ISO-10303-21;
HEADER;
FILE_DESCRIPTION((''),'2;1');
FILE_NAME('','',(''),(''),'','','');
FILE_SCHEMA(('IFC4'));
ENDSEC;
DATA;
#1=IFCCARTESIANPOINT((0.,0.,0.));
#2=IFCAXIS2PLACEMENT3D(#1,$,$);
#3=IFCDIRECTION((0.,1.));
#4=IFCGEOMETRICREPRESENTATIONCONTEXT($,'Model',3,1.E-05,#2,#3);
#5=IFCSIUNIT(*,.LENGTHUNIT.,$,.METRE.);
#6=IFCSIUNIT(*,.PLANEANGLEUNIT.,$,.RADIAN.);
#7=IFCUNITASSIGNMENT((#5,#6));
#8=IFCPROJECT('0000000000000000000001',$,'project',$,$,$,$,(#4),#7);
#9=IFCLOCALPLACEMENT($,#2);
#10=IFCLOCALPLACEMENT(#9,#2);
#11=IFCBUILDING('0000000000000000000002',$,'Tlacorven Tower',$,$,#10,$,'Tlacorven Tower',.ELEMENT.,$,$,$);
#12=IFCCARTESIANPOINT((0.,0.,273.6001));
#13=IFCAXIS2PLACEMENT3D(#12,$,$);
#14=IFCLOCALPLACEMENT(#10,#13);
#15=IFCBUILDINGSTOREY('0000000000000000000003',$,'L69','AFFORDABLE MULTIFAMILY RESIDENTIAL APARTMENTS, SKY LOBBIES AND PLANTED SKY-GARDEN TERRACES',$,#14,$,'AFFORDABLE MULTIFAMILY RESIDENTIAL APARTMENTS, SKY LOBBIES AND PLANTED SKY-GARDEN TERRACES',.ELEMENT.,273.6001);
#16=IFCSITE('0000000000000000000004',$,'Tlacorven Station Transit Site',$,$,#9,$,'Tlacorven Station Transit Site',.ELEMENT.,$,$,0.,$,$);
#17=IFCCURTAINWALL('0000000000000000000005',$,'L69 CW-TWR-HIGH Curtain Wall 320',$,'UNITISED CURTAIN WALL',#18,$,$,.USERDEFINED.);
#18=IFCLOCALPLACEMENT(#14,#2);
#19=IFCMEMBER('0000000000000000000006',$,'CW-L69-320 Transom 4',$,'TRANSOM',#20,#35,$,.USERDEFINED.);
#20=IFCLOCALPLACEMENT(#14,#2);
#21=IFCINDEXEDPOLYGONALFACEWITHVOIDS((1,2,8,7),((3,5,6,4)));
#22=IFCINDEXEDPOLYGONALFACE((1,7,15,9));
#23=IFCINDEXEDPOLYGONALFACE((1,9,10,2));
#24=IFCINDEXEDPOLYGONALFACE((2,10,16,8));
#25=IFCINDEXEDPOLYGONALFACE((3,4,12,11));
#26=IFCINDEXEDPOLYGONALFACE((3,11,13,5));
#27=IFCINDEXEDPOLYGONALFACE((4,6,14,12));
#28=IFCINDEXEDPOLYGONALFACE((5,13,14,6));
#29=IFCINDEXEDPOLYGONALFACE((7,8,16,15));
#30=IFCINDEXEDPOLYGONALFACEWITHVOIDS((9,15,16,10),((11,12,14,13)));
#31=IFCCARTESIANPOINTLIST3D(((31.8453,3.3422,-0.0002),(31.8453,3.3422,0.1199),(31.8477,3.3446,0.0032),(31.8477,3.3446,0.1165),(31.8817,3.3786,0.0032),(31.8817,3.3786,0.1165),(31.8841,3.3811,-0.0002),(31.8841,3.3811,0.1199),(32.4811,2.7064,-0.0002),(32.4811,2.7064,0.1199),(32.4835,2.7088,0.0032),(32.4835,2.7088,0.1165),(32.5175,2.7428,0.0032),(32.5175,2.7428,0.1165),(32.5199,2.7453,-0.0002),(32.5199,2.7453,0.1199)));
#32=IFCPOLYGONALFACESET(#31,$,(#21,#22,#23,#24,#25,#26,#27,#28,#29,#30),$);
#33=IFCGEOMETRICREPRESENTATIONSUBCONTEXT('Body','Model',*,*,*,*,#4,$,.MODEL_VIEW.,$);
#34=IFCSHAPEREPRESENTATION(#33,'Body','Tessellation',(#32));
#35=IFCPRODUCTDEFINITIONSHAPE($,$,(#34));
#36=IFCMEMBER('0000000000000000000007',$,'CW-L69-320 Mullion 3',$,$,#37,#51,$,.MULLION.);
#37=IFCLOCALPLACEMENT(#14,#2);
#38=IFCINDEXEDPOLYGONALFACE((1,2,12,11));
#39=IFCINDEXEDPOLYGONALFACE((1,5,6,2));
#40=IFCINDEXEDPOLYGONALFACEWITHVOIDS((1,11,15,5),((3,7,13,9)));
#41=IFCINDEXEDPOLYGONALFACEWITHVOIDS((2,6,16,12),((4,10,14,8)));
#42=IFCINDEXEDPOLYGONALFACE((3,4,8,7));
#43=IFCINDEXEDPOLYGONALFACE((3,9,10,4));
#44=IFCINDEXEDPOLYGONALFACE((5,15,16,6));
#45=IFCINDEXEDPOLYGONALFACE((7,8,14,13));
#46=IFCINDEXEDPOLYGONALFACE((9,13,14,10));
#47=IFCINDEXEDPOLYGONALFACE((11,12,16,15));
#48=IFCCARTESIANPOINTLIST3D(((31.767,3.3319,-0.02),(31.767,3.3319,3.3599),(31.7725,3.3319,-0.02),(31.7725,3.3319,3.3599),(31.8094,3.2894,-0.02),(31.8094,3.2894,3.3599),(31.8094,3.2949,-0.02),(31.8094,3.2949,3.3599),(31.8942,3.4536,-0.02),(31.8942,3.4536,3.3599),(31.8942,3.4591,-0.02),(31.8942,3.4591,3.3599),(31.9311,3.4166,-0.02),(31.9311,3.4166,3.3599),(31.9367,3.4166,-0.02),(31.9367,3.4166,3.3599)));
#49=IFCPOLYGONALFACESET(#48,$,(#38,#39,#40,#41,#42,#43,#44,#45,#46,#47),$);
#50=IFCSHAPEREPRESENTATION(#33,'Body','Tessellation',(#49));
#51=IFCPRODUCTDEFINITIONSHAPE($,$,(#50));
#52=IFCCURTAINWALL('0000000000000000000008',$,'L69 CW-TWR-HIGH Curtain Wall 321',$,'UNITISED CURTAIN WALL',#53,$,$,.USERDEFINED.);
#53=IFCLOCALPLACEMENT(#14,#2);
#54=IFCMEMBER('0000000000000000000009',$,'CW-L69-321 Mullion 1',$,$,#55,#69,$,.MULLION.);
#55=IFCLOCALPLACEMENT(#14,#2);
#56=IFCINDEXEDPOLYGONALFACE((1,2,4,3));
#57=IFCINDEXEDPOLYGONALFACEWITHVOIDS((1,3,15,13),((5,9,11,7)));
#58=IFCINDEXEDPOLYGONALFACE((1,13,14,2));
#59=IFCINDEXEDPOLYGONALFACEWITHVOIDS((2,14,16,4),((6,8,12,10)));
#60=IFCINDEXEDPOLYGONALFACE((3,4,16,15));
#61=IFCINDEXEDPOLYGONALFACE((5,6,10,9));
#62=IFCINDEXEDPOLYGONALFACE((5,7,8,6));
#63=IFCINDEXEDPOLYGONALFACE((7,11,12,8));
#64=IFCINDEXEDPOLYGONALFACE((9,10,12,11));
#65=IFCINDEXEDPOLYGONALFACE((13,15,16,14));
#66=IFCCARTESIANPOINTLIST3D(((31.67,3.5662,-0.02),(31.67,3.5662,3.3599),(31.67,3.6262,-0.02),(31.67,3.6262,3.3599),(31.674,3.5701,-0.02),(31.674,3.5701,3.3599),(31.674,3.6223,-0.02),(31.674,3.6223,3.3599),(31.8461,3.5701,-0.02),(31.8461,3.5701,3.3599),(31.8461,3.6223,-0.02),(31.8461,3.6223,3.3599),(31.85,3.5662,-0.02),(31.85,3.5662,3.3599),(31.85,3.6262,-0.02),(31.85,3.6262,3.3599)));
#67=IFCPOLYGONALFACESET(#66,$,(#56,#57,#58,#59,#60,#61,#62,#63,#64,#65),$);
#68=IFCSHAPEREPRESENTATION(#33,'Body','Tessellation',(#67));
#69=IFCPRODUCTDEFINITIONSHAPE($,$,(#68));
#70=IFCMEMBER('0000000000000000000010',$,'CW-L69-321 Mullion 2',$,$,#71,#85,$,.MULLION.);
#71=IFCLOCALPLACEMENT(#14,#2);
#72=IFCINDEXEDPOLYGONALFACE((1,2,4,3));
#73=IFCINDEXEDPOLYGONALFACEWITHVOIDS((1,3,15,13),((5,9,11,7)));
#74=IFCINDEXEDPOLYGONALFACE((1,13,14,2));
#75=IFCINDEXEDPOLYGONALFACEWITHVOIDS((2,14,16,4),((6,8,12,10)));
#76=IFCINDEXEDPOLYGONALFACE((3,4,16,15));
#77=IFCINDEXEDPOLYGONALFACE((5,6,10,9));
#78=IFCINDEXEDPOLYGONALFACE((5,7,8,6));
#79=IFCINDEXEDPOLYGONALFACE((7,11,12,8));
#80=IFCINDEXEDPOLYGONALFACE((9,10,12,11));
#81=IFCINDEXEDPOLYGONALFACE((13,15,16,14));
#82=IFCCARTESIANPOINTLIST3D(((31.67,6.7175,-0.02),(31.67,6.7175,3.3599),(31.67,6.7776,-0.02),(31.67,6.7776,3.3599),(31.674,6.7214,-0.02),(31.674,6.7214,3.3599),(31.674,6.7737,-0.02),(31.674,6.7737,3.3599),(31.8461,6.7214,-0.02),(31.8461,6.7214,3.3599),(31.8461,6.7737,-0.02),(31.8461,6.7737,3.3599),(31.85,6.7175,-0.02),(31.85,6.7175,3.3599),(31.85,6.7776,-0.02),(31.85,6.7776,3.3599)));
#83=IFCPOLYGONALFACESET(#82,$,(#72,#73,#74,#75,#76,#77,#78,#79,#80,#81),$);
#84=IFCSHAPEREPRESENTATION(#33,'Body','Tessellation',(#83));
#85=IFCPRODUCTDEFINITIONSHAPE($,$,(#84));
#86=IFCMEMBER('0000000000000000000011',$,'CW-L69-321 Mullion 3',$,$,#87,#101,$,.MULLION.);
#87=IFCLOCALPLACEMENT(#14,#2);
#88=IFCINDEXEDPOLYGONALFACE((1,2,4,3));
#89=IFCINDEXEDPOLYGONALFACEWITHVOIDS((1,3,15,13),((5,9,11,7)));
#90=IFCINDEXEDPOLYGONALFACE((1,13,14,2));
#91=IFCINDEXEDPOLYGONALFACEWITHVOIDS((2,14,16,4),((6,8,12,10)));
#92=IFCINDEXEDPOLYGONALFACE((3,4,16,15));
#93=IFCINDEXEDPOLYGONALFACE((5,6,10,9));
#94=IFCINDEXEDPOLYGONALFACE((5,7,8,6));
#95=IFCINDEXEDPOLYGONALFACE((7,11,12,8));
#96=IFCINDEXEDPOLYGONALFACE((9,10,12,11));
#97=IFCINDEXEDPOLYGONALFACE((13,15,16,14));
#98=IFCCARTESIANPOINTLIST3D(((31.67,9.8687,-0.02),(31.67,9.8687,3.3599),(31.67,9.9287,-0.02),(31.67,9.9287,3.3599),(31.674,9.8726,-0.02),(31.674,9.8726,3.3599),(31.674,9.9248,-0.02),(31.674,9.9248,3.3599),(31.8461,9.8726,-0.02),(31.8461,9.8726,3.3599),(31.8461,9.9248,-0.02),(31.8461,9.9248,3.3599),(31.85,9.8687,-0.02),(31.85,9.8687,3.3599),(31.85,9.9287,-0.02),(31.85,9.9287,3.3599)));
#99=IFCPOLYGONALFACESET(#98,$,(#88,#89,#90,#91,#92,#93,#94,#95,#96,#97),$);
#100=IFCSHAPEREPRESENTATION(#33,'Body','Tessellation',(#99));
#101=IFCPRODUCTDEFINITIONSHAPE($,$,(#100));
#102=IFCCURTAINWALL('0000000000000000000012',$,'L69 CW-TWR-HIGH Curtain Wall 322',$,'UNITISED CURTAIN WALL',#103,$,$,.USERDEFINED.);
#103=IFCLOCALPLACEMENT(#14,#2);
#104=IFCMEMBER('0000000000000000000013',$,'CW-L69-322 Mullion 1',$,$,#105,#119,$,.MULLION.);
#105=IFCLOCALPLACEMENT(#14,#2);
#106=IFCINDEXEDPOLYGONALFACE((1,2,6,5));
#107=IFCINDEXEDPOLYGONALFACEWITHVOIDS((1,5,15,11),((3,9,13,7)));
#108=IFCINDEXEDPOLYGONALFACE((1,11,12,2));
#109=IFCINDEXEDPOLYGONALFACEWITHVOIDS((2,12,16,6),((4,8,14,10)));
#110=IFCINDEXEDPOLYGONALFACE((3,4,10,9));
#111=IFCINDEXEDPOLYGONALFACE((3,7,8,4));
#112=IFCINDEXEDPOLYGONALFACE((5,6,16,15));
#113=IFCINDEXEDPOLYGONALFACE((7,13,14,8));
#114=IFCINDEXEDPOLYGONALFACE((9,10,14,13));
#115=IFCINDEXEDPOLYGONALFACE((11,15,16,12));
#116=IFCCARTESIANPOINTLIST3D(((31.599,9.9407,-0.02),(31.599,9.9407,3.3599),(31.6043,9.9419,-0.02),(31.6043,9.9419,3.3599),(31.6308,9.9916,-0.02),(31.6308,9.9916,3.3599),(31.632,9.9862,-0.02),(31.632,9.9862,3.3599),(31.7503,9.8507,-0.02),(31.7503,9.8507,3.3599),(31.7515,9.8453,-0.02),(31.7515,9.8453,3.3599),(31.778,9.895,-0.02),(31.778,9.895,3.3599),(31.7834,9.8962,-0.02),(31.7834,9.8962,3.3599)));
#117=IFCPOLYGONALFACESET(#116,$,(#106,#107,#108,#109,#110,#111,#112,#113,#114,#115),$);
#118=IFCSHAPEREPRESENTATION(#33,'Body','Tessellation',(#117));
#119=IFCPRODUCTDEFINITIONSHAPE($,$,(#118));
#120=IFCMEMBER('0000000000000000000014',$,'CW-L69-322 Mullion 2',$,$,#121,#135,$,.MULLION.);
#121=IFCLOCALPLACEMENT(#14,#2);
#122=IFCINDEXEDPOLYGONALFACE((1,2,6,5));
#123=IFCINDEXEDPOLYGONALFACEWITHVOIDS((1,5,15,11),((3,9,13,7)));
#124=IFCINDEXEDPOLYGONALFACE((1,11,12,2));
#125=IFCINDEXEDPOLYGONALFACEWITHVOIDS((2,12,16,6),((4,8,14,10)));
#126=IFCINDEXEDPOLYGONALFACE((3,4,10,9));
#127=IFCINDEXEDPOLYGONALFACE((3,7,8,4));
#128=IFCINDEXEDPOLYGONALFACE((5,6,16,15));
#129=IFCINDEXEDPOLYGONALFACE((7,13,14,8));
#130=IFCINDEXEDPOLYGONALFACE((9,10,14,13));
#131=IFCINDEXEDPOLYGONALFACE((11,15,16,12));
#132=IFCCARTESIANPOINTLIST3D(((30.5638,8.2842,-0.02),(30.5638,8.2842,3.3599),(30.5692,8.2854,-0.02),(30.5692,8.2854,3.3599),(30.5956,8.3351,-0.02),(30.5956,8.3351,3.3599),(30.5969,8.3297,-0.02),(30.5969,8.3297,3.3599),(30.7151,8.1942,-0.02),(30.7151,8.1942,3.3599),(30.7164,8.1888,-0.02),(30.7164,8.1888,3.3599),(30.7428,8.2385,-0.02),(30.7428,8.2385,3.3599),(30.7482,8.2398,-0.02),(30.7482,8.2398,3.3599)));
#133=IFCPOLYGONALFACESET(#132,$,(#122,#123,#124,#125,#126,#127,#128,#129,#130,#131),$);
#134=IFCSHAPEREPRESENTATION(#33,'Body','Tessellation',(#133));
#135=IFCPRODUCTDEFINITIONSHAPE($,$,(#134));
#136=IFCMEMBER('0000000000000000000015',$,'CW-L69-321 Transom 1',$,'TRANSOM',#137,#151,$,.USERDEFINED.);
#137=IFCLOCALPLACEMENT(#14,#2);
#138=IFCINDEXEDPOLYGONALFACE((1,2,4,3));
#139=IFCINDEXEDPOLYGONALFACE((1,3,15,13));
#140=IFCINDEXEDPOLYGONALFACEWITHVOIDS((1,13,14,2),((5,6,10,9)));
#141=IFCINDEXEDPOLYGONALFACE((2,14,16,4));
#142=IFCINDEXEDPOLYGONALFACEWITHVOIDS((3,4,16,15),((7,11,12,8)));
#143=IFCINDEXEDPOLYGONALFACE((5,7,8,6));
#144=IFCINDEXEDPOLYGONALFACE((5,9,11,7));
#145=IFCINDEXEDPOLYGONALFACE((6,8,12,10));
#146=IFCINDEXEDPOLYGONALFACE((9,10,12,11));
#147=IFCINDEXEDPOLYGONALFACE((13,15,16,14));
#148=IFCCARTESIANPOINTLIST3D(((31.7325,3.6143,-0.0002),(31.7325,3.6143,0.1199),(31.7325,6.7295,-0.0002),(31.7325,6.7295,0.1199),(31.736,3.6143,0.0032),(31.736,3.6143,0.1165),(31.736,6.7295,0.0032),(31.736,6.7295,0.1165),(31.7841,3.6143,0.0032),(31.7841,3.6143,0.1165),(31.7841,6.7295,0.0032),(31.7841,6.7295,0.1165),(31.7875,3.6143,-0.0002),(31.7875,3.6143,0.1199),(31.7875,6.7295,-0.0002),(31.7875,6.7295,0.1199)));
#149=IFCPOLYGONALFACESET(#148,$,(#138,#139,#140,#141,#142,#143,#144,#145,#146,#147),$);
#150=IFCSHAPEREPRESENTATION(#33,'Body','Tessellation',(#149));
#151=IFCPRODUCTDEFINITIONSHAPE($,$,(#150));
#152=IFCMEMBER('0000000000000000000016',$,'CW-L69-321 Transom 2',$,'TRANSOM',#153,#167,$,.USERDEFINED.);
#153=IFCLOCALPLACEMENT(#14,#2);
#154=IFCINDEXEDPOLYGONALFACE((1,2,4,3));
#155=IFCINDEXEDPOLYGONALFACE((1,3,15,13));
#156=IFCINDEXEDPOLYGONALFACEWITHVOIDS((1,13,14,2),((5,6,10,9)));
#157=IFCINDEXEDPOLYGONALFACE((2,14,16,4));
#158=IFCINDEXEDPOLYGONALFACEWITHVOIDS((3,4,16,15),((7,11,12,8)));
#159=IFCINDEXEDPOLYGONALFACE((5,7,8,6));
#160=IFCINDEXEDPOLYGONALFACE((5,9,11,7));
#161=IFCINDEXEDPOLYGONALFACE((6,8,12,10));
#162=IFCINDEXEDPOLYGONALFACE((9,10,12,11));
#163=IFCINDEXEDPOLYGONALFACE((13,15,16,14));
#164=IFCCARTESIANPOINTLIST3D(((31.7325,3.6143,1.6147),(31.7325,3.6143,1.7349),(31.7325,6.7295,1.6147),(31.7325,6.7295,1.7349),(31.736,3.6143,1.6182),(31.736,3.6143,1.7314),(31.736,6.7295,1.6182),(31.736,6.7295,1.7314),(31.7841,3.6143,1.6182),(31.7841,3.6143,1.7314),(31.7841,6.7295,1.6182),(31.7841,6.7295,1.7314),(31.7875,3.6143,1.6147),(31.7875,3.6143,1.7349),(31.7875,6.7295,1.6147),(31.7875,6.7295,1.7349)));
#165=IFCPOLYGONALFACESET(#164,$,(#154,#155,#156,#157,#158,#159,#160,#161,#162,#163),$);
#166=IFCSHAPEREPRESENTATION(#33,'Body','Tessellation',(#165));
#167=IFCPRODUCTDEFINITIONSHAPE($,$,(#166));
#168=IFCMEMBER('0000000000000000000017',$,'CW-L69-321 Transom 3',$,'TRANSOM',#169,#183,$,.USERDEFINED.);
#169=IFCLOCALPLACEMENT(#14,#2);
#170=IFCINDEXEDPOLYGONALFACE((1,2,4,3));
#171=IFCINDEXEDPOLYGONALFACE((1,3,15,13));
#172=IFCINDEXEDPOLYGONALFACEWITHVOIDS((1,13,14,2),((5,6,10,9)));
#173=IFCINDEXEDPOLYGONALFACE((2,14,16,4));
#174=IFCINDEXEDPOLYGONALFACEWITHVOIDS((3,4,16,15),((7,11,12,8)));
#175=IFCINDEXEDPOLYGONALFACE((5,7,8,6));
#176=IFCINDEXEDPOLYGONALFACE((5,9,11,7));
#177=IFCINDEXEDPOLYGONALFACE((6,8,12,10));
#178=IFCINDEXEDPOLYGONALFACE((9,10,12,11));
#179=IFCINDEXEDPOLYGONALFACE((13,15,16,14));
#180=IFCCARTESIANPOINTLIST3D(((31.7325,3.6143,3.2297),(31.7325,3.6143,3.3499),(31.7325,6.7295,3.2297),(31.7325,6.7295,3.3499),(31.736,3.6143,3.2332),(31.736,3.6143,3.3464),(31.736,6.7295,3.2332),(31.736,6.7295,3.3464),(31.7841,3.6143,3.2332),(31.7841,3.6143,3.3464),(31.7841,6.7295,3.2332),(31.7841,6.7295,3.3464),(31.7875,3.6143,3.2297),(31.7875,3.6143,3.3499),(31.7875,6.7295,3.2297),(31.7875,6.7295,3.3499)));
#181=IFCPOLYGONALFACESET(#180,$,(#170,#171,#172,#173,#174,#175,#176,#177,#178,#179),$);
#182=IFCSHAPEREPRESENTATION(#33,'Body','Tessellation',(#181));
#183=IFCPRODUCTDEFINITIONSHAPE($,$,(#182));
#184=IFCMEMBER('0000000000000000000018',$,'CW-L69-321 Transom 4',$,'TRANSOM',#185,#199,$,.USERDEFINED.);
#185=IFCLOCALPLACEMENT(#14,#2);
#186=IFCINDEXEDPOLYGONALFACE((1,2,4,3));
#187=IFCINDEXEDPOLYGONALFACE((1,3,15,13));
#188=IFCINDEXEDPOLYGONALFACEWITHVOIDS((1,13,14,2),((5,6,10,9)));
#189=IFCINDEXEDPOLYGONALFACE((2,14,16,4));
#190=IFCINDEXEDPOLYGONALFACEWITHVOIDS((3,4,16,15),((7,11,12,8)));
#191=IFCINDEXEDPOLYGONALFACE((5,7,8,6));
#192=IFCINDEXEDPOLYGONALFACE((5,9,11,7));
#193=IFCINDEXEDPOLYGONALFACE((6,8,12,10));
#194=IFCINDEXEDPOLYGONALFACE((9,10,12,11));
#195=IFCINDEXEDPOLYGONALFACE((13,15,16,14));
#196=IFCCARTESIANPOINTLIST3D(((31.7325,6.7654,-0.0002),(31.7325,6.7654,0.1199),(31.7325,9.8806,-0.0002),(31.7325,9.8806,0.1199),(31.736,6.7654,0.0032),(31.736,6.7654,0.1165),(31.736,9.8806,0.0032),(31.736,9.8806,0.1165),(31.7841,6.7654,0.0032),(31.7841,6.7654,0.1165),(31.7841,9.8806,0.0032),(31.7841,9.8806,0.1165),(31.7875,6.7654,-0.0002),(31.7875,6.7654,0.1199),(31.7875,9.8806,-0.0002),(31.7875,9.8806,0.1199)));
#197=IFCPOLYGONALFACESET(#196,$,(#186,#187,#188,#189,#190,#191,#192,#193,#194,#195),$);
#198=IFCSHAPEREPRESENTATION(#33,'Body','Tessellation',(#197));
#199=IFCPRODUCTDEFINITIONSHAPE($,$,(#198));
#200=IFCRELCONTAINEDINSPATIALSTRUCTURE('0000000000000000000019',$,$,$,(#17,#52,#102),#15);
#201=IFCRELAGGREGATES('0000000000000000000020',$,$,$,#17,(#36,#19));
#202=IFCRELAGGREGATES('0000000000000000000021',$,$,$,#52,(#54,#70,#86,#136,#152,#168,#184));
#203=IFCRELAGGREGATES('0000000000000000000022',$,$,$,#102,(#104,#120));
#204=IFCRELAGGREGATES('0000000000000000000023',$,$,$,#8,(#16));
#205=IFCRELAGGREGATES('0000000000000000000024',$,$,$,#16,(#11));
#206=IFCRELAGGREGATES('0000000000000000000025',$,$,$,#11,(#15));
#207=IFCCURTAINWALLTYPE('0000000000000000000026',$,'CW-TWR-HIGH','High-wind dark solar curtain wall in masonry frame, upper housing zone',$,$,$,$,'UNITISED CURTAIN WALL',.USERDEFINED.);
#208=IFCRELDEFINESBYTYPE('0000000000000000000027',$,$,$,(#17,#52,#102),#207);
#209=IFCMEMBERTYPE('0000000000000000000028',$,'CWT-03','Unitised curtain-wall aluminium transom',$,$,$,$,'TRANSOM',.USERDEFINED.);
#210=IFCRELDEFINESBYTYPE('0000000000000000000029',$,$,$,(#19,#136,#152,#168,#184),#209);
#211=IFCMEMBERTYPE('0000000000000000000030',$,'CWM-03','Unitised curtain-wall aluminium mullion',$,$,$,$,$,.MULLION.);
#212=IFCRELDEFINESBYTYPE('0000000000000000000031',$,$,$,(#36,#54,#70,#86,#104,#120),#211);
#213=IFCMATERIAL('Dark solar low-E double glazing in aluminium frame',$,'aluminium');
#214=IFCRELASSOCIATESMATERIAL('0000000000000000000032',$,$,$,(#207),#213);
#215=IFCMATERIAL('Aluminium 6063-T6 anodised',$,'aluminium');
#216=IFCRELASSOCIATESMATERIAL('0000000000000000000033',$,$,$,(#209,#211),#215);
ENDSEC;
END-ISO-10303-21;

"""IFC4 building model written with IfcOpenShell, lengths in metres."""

from ifc_helpers import new_model, si_unit, direction, frame, origin, origin_2d, place, context, subcontext, project, spatial, hollow_rectangle, extrude, source, transform, mapped, material, material_profile, profile_set, type_object, element, aggregate, save


model = new_model("IFC4")

# Units and contexts
model_context = context("Model", 3, precision=1e-05, world=origin(), true_north=direction((0.0, 1.0)))
body_context = subcontext(model_context, "Body", "Model", "MODEL_VIEW")
ifc_project = project(units=[si_unit("LENGTHUNIT", "METRE"), si_unit("PLANEANGLEUNIT", "RADIAN")], contexts=[model_context])

# Site, building, storey
site_placement = place(None, origin())
site = spatial("IfcSite", under=ifc_project, at=site_placement, Name="Tlacorven Station Transit Site", LongName="Tlacorven Station Transit Site", CompositionType="ELEMENT", RefElevation=0.0)
building_placement = place(site_placement, origin())
building = spatial("IfcBuilding", under=site, at=building_placement, Name="Tlacorven Tower", LongName="Tlacorven Tower", CompositionType="ELEMENT")
storey_placement = place(building_placement, frame((0.0, 0.0, 273.6001)))
storey = spatial("IfcBuildingStorey", under=building, at=storey_placement, Name="L69", Description="AFFORDABLE MULTIFAMILY RESIDENTIAL APARTMENTS, SKY LOBBIES AND PLANTED SKY-GARDEN TERRACES", LongName="AFFORDABLE MULTIFAMILY RESIDENTIAL APARTMENTS, SKY LOBBIES AND PLANTED SKY-GARDEN TERRACES", CompositionType="ELEMENT", Elevation=273.6001)

# Curtain walls, members
ifc_material_1 = material(Name="Dark solar low-E double glazing in aluminium frame", Category="aluminium")
curtain_wall_type = type_object("IfcCurtainWallType", Name="CW-TWR-HIGH", Description="High-wind dark solar curtain wall in masonry frame, upper housing zone", ElementType="UNITISED CURTAIN WALL", PredefinedType="USERDEFINED", material=ifc_material_1)
curtain_wall_1_placement = place(storey_placement, origin())
curtain_wall_1 = element("IfcCurtainWall", 1, at=curtain_wall_1_placement, inside=storey, type_object=curtain_wall_type, Name="L69 CW-TWR-HIGH Curtain Wall 320", ObjectType="UNITISED CURTAIN WALL", PredefinedType="USERDEFINED")
ifc_material_2 = material(Name="Aluminium 6063-T6 anodised", Category="aluminium")
ifc_material_profile_1 = material_profile(ifc_material_2, hollow_rectangle(XDim=0.0549, YDim=0.1201, WallThickness=0.0034, at=origin_2d()), Name="ALU TRANSOM 55X120")
ifc_profile_set_1 = profile_set([ifc_material_profile_1], Name="Aluminium 6063-T6 anodised")
member_type_1 = type_object("IfcMemberType", Name="CWT-03", Description="Unitised curtain-wall aluminium transom", ElementType="TRANSOM", PredefinedType="USERDEFINED", material=ifc_profile_set_1)
shared_shape_1 = source(origin(), body_context, "Body", "SweptSolid", [
    extrude(hollow_rectangle(XDim=0.0549, YDim=0.1201, WallThickness=0.0034, at=origin_2d()), origin(), (0.0, 0.0, 1.0), 0.8992),
])
member_1_placement = place(storey_placement, frame((32.5005, 2.7258, 0.0598), z_axis=(-0.707107, 0.707107, 0.0), x_axis=(-0.707107, -0.707107, 0.0)))
member_1 = element("IfcMember", 2, at=member_1_placement, type_object=member_type_1, Name="CW-L69-320 Transom 4", ObjectType="TRANSOM", PredefinedType="USERDEFINED", context=body_context, shape_type="MappedRepresentation", body=[
    mapped(shared_shape_1, transform((0.0, 0.0, 0.0), scale=1.0)),
])
ifc_material_profile_2 = material_profile(ifc_material_2, hollow_rectangle(XDim=0.0601, YDim=0.1799, WallThickness=0.0039, at=origin_2d()), Name="ALU MULLION 60X180")
ifc_profile_set_2 = profile_set([ifc_material_profile_2], Name="Aluminium 6063-T6 anodised")
member_type_2 = type_object("IfcMemberType", Name="CWM-03", Description="Unitised curtain-wall aluminium mullion", PredefinedType="MULLION", material=ifc_profile_set_2)
shared_shape_2 = source(origin(), body_context, "Body", "SweptSolid", [
    extrude(hollow_rectangle(XDim=0.0601, YDim=0.1799, WallThickness=0.0039, at=origin_2d()), origin(), (0.0, 0.0, 1.0), 3.3799),
])
member_2_placement = place(storey_placement, frame((31.8518, 3.3743, -0.02), z_axis=(0.0, 0.0, 1.0), x_axis=(-0.707107, 0.707107, 0.0)))
member_2 = element("IfcMember", 3, at=member_2_placement, type_object=member_type_2, Name="CW-L69-320 Mullion 3", PredefinedType="MULLION", context=body_context, shape_type="MappedRepresentation", body=[
    mapped(shared_shape_2, transform((0.0, 0.0, 0.0), scale=1.0)),
])
curtain_wall_2_placement = place(storey_placement, origin())
curtain_wall_2 = element("IfcCurtainWall", 4, at=curtain_wall_2_placement, inside=storey, type_object=curtain_wall_type, Name="L69 CW-TWR-HIGH Curtain Wall 321", ObjectType="UNITISED CURTAIN WALL", PredefinedType="USERDEFINED")
member_3_placement = place(storey_placement, frame((31.76, 3.5962, -0.02), z_axis=(0.0, 0.0, 1.0), x_axis=(0.0, 1.0, 0.0)))
member_3 = element("IfcMember", 5, at=member_3_placement, type_object=member_type_2, Name="CW-L69-321 Mullion 1", PredefinedType="MULLION", context=body_context, shape_type="MappedRepresentation", body=[
    mapped(shared_shape_2, transform((0.0, 0.0, 0.0), scale=1.0)),
])
member_4_placement = place(storey_placement, frame((31.76, 6.7476, -0.02), z_axis=(0.0, 0.0, 1.0), x_axis=(0.0, 1.0, 0.0)))
member_4 = element("IfcMember", 6, at=member_4_placement, type_object=member_type_2, Name="CW-L69-321 Mullion 2", PredefinedType="MULLION", context=body_context, shape_type="MappedRepresentation", body=[
    mapped(shared_shape_2, transform((0.0, 0.0, 0.0), scale=1.0)),
])
member_5_placement = place(storey_placement, frame((31.76, 9.8987, -0.02), z_axis=(0.0, 0.0, 1.0), x_axis=(0.0, 1.0, 0.0)))
member_5 = element("IfcMember", 7, at=member_5_placement, type_object=member_type_2, Name="CW-L69-321 Mullion 3", PredefinedType="MULLION", context=body_context, shape_type="MappedRepresentation", body=[
    mapped(shared_shape_2, transform((0.0, 0.0, 0.0), scale=1.0)),
])
curtain_wall_3_placement = place(storey_placement, origin())
curtain_wall_3 = element("IfcCurtainWall", 8, at=curtain_wall_3_placement, inside=storey, type_object=curtain_wall_type, Name="L69 CW-TWR-HIGH Curtain Wall 322", ObjectType="UNITISED CURTAIN WALL", PredefinedType="USERDEFINED")
member_6_placement = place(storey_placement, frame((31.6912, 9.9185, -0.02), z_axis=(0.0, 0.0, 1.0), x_axis=(-0.529919, -0.848048, 0.0)))
member_6 = element("IfcMember", 9, at=member_6_placement, type_object=member_type_2, Name="CW-L69-322 Mullion 1", PredefinedType="MULLION", context=body_context, shape_type="MappedRepresentation", body=[
    mapped(shared_shape_2, transform((0.0, 0.0, 0.0), scale=1.0)),
])
member_7_placement = place(storey_placement, frame((30.656, 8.262, -0.02), z_axis=(0.0, 0.0, 1.0), x_axis=(-0.529919, -0.848048, 0.0)))
member_7 = element("IfcMember", 10, at=member_7_placement, type_object=member_type_2, Name="CW-L69-322 Mullion 2", PredefinedType="MULLION", context=body_context, shape_type="MappedRepresentation", body=[
    mapped(shared_shape_2, transform((0.0, 0.0, 0.0), scale=1.0)),
])

# Members
shared_shape_3 = source(origin(), body_context, "Body", "SweptSolid", [
    extrude(hollow_rectangle(XDim=0.0549, YDim=0.1201, WallThickness=0.0034, at=origin_2d()), origin(), (0.0, 0.0, 1.0), 3.1152),
])
member_8_placement = place(storey_placement, frame((31.76, 3.6143, 0.0598), z_axis=(0.0, 1.0, 0.0), x_axis=(-1.0, 0.0, 0.0)))
member_8 = element("IfcMember", 11, at=member_8_placement, type_object=member_type_1, Name="CW-L69-321 Transom 1", ObjectType="TRANSOM", PredefinedType="USERDEFINED", context=body_context, shape_type="MappedRepresentation", body=[
    mapped(shared_shape_3, transform((0.0, 0.0, 0.0), scale=1.0)),
])
member_9_placement = place(storey_placement, frame((31.76, 3.6143, 1.6748), z_axis=(0.0, 1.0, 0.0), x_axis=(-1.0, 0.0, 0.0)))
member_9 = element("IfcMember", 12, at=member_9_placement, type_object=member_type_1, Name="CW-L69-321 Transom 2", ObjectType="TRANSOM", PredefinedType="USERDEFINED", context=body_context, shape_type="MappedRepresentation", body=[
    mapped(shared_shape_3, transform((0.0, 0.0, 0.0), scale=1.0)),
])
member_10_placement = place(storey_placement, frame((31.76, 3.6143, 3.2898), z_axis=(0.0, 1.0, 0.0), x_axis=(-1.0, 0.0, 0.0)))
member_10 = element("IfcMember", 13, at=member_10_placement, type_object=member_type_1, Name="CW-L69-321 Transom 3", ObjectType="TRANSOM", PredefinedType="USERDEFINED", context=body_context, shape_type="MappedRepresentation", body=[
    mapped(shared_shape_3, transform((0.0, 0.0, 0.0), scale=1.0)),
])
member_11_placement = place(storey_placement, frame((31.76, 6.7654, 0.0598), z_axis=(0.0, 1.0, 0.0), x_axis=(-1.0, 0.0, 0.0)))
member_11 = element("IfcMember", 14, at=member_11_placement, type_object=member_type_1, Name="CW-L69-321 Transom 4", ObjectType="TRANSOM", PredefinedType="USERDEFINED", context=body_context, shape_type="MappedRepresentation", body=[
    mapped(shared_shape_3, transform((0.0, 0.0, 0.0), scale=1.0)),
])

aggregate(curtain_wall_1, [member_2, member_1])
aggregate(curtain_wall_2, [member_3, member_4, member_5, member_8, member_9, member_10, member_11])
aggregate(curtain_wall_3, [member_6, member_7])

save(model, "model.ifc")
